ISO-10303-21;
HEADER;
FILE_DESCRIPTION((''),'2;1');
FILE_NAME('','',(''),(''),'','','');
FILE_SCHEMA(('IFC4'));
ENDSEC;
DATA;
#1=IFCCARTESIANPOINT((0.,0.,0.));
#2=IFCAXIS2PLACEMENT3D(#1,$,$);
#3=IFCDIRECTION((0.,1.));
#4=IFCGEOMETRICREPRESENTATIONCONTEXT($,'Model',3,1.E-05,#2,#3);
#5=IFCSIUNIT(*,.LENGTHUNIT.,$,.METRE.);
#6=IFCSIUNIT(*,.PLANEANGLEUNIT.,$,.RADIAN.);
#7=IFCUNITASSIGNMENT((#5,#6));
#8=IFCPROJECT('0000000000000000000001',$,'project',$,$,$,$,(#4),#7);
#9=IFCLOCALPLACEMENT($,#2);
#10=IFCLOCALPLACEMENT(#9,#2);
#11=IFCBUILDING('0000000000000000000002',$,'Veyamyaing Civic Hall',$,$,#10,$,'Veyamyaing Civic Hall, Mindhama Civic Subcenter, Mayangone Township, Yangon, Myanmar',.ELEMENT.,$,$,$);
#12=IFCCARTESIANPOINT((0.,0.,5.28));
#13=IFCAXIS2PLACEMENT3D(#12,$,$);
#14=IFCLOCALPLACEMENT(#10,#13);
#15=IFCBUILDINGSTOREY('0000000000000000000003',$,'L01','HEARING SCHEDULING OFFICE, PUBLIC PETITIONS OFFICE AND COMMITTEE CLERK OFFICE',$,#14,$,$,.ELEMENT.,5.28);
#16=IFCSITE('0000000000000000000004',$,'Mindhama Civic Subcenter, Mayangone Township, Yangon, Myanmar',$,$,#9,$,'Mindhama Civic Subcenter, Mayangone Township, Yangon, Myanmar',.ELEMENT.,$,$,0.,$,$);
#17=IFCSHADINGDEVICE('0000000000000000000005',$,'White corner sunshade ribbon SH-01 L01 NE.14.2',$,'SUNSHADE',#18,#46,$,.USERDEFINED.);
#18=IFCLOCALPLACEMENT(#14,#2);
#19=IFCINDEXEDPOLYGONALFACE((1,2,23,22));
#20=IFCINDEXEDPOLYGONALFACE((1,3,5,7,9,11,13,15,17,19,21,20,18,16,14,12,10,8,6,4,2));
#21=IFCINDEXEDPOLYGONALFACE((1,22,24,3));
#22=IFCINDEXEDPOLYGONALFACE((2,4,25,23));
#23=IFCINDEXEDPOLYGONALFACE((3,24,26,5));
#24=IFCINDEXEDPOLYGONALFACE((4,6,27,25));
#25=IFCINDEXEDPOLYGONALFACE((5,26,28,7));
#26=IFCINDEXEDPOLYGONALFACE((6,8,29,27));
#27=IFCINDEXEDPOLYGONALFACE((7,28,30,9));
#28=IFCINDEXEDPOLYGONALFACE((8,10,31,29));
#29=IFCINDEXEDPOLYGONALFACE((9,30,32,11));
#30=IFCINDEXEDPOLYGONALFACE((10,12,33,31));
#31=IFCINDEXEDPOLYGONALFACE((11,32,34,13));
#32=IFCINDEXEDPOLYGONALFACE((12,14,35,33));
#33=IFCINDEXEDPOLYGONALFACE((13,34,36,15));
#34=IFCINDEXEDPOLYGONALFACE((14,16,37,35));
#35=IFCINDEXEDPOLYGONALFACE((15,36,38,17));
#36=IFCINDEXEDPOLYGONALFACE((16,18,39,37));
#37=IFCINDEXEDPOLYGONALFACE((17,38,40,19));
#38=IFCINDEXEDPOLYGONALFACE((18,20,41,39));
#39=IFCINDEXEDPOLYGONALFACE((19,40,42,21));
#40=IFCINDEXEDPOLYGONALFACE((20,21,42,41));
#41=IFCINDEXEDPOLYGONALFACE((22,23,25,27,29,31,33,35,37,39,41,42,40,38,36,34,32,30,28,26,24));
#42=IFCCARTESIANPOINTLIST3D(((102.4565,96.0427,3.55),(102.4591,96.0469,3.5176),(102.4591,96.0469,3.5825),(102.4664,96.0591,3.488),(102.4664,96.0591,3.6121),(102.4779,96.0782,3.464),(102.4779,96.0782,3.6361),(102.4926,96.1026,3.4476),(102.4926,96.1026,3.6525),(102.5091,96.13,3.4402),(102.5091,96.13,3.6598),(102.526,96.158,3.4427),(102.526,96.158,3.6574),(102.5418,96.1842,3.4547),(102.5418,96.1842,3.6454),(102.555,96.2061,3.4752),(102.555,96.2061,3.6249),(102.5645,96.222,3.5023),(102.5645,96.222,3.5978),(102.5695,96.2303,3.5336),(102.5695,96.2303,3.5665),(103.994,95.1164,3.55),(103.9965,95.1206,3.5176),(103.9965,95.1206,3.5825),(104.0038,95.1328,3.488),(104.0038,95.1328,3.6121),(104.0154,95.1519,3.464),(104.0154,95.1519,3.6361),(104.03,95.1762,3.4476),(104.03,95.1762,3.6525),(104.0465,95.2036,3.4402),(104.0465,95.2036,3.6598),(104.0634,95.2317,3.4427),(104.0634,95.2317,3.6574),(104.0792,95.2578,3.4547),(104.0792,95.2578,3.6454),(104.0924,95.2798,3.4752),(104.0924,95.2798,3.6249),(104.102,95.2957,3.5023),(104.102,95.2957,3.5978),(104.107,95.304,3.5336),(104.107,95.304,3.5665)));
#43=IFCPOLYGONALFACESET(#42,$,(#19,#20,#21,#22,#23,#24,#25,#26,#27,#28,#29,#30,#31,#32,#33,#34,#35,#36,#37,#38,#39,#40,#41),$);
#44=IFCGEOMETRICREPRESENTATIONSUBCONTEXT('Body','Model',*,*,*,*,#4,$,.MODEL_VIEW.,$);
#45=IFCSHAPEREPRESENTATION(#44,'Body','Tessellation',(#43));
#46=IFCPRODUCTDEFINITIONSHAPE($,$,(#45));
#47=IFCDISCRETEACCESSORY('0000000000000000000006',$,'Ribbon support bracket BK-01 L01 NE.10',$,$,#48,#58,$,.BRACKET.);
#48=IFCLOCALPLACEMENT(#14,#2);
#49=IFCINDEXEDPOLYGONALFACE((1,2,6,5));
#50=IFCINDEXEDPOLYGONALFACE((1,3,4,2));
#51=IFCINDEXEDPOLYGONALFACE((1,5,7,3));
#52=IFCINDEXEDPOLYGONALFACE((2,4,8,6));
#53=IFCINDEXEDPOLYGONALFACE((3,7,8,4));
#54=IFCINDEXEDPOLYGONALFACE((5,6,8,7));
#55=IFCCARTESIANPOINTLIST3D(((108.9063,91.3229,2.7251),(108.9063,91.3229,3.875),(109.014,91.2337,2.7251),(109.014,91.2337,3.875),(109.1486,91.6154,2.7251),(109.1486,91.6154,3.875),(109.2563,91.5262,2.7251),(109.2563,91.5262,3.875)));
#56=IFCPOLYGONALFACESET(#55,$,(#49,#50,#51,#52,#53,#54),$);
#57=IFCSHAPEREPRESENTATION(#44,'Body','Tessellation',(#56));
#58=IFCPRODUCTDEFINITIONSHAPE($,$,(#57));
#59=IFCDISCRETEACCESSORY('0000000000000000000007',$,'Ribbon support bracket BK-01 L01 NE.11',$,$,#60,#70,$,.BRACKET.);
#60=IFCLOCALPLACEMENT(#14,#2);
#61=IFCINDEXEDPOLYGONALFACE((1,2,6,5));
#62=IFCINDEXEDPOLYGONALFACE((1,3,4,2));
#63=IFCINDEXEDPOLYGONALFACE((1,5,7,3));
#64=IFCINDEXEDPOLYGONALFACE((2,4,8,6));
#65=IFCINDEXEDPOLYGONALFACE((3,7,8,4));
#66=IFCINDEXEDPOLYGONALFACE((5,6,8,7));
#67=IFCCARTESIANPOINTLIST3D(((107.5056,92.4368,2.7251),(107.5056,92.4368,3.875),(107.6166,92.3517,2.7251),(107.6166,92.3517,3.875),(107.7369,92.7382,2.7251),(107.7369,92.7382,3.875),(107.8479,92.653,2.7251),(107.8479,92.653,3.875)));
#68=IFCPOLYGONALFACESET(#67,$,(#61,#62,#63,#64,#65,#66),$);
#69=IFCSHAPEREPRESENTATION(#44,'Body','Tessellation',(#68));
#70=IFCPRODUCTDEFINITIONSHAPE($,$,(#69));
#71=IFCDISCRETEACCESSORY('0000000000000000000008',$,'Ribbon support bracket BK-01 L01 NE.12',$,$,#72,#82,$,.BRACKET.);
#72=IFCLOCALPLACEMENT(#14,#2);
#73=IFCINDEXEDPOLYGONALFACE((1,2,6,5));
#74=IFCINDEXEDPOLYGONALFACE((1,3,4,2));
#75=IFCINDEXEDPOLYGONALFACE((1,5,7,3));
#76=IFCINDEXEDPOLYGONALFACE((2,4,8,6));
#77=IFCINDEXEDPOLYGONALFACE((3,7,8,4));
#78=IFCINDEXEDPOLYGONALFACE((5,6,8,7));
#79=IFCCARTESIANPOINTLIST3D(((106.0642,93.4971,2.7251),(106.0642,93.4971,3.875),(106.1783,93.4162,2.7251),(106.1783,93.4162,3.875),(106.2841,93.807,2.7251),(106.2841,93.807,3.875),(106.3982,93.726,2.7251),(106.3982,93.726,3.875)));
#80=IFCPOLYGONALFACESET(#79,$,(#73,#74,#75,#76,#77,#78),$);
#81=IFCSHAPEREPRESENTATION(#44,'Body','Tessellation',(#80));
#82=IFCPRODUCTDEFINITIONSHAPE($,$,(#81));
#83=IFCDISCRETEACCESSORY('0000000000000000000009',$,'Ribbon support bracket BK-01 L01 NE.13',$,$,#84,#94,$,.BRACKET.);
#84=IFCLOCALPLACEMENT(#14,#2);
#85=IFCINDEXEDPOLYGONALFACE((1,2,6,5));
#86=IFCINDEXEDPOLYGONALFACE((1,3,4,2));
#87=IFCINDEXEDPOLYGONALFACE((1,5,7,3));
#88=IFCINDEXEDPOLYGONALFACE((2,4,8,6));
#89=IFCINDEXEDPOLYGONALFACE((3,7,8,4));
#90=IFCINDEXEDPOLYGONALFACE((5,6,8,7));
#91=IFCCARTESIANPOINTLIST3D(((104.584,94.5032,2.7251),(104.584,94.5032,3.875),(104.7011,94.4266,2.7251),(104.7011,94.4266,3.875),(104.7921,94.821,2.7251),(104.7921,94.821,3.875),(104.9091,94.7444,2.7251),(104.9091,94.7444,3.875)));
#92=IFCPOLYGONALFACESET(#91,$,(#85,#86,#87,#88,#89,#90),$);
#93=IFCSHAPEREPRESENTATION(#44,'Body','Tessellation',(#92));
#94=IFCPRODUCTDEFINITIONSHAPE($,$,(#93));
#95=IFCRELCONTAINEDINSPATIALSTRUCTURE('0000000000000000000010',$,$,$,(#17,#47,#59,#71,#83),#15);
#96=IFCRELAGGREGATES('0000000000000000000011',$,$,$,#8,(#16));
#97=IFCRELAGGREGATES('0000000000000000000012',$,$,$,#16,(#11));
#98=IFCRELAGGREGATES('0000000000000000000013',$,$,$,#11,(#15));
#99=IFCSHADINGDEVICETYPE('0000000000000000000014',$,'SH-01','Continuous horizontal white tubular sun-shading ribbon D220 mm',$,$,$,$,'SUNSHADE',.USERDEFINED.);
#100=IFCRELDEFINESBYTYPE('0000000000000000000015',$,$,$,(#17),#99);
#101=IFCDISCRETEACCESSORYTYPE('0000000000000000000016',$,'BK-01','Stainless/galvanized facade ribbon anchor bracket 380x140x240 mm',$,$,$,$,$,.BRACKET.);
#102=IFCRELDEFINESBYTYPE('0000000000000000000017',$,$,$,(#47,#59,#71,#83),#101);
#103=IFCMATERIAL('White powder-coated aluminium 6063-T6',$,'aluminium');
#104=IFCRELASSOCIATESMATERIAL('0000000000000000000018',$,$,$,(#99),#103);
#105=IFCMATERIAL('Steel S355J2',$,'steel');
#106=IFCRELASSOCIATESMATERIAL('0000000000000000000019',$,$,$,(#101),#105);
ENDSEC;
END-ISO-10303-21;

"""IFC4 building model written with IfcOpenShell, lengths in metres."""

from ifc_helpers import new_model, si_unit, direction, frame, origin, origin_2d, place, context, subcontext, project, spatial, rectangle, circle, extrude, material, material_profile, profile_set, type_object, element, save


model = new_model("IFC4")

# Units and contexts
model_context = context("Model", 3, precision=1e-05, world=origin(), true_north=direction((0.0, 1.0)))
body_context = subcontext(model_context, "Body", "Model", "MODEL_VIEW")
ifc_project = project(units=[si_unit("LENGTHUNIT", "METRE"), si_unit("PLANEANGLEUNIT", "RADIAN")], contexts=[model_context])

# Site, building, storey
site_placement = place(None, origin())
site = spatial("IfcSite", under=ifc_project, at=site_placement, Name="Mindhama Civic Subcenter, Mayangone Township, Yangon, Myanmar", LongName="Mindhama Civic Subcenter, Mayangone Township, Yangon, Myanmar", CompositionType="ELEMENT", RefElevation=0.0)
building_placement = place(site_placement, origin())
building = spatial("IfcBuilding", under=site, at=building_placement, Name="Veyamyaing Civic Hall", LongName="Veyamyaing Civic Hall, Mindhama Civic Subcenter, Mayangone Township, Yangon, Myanmar", CompositionType="ELEMENT")
storey_placement = place(building_placement, frame((0.0, 0.0, 5.28)))
storey = spatial("IfcBuildingStorey", under=building, at=storey_placement, Name="L01", Description="HEARING SCHEDULING OFFICE, PUBLIC PETITIONS OFFICE AND COMMITTEE CLERK OFFICE", CompositionType="ELEMENT", Elevation=5.28)

# Shared definitions
ifc_material_1 = material(Name="White powder-coated aluminium 6063-T6", Category="aluminium")

# Shading device
ifc_material_profile = material_profile(ifc_material_1, circle(Radius=0.1101, at=origin_2d()), Name="SHADE-TUBE-220")
ifc_profile_set = profile_set([ifc_material_profile], Name="White powder-coated aluminium 6063-T6")
shading_device_type = type_object("IfcShadingDeviceType", Name="SH-01", Description="Continuous horizontal white tubular sun-shading ribbon D220 mm", ElementType="SUNSHADE", PredefinedType="USERDEFINED", material=ifc_profile_set)
shading_device_placement = place(storey_placement, frame((104.0508, 95.2107, 3.55), z_axis=(-0.856543, 0.516075, 0.0), x_axis=(-0.516075, -0.856543, 0.0)))
element("IfcShadingDevice", 1, at=shading_device_placement, inside=storey, type_object=shading_device_type, Name="White corner sunshade ribbon SH-01 L01 NE.14.2", ObjectType="SUNSHADE", PredefinedType="USERDEFINED", context=body_context, shape_type="SweptSolid", body=[
    extrude(circle(Radius=0.1101, at=origin_2d()), origin(), (0.0, 0.0, 1.0), 1.7949),
])

# Discrete accessories
ifc_material_2 = material(Name="Steel S355J2", Category="steel")
discrete_accessory_type = type_object("IfcDiscreteAccessoryType", Name="BK-01", Description="Stainless/galvanized facade ribbon anchor bracket 380x140x240 mm", PredefinedType="BRACKET", material=ifc_material_2)
for number, where, z_axis, x_axis, name in (
    (2, (109.0813, 91.4246, 2.7251), (0.0, 0.0, 1.0), (0.638, 0.770036, 0.0), "Ribbon support bracket BK-01 L01 NE.10"),
    (3, (107.6768, 92.5449, 2.7251), (0.0, 0.0, 1.0), (0.608761, 0.793353, 0.0), "Ribbon support bracket BK-01 L01 NE.11"),
    (4, (106.2312, 93.6116, 2.7251), (0.0, 0.0, 1.0), (0.578671, 0.815561, 0.0), "Ribbon support bracket BK-01 L01 NE.12"),
    (5, (104.7466, 94.6238, 2.7251), (0.0, 0.0, 1.0), (0.547772, 0.836628, 0.0), "Ribbon support bracket BK-01 L01 NE.13"),
):
    element("IfcDiscreteAccessory", number, at=place(storey_placement, frame(where, z_axis=z_axis, x_axis=x_axis)), inside=storey, type_object=discrete_accessory_type, Name=name, PredefinedType="BRACKET", context=body_context, shape_type="SweptSolid", body=[
        extrude(rectangle(XDim=0.3799, YDim=0.1399, at=origin_2d()), origin(), (0.0, 0.0, 1.0), 1.1499),
    ])

save(model, "model.ifc")
